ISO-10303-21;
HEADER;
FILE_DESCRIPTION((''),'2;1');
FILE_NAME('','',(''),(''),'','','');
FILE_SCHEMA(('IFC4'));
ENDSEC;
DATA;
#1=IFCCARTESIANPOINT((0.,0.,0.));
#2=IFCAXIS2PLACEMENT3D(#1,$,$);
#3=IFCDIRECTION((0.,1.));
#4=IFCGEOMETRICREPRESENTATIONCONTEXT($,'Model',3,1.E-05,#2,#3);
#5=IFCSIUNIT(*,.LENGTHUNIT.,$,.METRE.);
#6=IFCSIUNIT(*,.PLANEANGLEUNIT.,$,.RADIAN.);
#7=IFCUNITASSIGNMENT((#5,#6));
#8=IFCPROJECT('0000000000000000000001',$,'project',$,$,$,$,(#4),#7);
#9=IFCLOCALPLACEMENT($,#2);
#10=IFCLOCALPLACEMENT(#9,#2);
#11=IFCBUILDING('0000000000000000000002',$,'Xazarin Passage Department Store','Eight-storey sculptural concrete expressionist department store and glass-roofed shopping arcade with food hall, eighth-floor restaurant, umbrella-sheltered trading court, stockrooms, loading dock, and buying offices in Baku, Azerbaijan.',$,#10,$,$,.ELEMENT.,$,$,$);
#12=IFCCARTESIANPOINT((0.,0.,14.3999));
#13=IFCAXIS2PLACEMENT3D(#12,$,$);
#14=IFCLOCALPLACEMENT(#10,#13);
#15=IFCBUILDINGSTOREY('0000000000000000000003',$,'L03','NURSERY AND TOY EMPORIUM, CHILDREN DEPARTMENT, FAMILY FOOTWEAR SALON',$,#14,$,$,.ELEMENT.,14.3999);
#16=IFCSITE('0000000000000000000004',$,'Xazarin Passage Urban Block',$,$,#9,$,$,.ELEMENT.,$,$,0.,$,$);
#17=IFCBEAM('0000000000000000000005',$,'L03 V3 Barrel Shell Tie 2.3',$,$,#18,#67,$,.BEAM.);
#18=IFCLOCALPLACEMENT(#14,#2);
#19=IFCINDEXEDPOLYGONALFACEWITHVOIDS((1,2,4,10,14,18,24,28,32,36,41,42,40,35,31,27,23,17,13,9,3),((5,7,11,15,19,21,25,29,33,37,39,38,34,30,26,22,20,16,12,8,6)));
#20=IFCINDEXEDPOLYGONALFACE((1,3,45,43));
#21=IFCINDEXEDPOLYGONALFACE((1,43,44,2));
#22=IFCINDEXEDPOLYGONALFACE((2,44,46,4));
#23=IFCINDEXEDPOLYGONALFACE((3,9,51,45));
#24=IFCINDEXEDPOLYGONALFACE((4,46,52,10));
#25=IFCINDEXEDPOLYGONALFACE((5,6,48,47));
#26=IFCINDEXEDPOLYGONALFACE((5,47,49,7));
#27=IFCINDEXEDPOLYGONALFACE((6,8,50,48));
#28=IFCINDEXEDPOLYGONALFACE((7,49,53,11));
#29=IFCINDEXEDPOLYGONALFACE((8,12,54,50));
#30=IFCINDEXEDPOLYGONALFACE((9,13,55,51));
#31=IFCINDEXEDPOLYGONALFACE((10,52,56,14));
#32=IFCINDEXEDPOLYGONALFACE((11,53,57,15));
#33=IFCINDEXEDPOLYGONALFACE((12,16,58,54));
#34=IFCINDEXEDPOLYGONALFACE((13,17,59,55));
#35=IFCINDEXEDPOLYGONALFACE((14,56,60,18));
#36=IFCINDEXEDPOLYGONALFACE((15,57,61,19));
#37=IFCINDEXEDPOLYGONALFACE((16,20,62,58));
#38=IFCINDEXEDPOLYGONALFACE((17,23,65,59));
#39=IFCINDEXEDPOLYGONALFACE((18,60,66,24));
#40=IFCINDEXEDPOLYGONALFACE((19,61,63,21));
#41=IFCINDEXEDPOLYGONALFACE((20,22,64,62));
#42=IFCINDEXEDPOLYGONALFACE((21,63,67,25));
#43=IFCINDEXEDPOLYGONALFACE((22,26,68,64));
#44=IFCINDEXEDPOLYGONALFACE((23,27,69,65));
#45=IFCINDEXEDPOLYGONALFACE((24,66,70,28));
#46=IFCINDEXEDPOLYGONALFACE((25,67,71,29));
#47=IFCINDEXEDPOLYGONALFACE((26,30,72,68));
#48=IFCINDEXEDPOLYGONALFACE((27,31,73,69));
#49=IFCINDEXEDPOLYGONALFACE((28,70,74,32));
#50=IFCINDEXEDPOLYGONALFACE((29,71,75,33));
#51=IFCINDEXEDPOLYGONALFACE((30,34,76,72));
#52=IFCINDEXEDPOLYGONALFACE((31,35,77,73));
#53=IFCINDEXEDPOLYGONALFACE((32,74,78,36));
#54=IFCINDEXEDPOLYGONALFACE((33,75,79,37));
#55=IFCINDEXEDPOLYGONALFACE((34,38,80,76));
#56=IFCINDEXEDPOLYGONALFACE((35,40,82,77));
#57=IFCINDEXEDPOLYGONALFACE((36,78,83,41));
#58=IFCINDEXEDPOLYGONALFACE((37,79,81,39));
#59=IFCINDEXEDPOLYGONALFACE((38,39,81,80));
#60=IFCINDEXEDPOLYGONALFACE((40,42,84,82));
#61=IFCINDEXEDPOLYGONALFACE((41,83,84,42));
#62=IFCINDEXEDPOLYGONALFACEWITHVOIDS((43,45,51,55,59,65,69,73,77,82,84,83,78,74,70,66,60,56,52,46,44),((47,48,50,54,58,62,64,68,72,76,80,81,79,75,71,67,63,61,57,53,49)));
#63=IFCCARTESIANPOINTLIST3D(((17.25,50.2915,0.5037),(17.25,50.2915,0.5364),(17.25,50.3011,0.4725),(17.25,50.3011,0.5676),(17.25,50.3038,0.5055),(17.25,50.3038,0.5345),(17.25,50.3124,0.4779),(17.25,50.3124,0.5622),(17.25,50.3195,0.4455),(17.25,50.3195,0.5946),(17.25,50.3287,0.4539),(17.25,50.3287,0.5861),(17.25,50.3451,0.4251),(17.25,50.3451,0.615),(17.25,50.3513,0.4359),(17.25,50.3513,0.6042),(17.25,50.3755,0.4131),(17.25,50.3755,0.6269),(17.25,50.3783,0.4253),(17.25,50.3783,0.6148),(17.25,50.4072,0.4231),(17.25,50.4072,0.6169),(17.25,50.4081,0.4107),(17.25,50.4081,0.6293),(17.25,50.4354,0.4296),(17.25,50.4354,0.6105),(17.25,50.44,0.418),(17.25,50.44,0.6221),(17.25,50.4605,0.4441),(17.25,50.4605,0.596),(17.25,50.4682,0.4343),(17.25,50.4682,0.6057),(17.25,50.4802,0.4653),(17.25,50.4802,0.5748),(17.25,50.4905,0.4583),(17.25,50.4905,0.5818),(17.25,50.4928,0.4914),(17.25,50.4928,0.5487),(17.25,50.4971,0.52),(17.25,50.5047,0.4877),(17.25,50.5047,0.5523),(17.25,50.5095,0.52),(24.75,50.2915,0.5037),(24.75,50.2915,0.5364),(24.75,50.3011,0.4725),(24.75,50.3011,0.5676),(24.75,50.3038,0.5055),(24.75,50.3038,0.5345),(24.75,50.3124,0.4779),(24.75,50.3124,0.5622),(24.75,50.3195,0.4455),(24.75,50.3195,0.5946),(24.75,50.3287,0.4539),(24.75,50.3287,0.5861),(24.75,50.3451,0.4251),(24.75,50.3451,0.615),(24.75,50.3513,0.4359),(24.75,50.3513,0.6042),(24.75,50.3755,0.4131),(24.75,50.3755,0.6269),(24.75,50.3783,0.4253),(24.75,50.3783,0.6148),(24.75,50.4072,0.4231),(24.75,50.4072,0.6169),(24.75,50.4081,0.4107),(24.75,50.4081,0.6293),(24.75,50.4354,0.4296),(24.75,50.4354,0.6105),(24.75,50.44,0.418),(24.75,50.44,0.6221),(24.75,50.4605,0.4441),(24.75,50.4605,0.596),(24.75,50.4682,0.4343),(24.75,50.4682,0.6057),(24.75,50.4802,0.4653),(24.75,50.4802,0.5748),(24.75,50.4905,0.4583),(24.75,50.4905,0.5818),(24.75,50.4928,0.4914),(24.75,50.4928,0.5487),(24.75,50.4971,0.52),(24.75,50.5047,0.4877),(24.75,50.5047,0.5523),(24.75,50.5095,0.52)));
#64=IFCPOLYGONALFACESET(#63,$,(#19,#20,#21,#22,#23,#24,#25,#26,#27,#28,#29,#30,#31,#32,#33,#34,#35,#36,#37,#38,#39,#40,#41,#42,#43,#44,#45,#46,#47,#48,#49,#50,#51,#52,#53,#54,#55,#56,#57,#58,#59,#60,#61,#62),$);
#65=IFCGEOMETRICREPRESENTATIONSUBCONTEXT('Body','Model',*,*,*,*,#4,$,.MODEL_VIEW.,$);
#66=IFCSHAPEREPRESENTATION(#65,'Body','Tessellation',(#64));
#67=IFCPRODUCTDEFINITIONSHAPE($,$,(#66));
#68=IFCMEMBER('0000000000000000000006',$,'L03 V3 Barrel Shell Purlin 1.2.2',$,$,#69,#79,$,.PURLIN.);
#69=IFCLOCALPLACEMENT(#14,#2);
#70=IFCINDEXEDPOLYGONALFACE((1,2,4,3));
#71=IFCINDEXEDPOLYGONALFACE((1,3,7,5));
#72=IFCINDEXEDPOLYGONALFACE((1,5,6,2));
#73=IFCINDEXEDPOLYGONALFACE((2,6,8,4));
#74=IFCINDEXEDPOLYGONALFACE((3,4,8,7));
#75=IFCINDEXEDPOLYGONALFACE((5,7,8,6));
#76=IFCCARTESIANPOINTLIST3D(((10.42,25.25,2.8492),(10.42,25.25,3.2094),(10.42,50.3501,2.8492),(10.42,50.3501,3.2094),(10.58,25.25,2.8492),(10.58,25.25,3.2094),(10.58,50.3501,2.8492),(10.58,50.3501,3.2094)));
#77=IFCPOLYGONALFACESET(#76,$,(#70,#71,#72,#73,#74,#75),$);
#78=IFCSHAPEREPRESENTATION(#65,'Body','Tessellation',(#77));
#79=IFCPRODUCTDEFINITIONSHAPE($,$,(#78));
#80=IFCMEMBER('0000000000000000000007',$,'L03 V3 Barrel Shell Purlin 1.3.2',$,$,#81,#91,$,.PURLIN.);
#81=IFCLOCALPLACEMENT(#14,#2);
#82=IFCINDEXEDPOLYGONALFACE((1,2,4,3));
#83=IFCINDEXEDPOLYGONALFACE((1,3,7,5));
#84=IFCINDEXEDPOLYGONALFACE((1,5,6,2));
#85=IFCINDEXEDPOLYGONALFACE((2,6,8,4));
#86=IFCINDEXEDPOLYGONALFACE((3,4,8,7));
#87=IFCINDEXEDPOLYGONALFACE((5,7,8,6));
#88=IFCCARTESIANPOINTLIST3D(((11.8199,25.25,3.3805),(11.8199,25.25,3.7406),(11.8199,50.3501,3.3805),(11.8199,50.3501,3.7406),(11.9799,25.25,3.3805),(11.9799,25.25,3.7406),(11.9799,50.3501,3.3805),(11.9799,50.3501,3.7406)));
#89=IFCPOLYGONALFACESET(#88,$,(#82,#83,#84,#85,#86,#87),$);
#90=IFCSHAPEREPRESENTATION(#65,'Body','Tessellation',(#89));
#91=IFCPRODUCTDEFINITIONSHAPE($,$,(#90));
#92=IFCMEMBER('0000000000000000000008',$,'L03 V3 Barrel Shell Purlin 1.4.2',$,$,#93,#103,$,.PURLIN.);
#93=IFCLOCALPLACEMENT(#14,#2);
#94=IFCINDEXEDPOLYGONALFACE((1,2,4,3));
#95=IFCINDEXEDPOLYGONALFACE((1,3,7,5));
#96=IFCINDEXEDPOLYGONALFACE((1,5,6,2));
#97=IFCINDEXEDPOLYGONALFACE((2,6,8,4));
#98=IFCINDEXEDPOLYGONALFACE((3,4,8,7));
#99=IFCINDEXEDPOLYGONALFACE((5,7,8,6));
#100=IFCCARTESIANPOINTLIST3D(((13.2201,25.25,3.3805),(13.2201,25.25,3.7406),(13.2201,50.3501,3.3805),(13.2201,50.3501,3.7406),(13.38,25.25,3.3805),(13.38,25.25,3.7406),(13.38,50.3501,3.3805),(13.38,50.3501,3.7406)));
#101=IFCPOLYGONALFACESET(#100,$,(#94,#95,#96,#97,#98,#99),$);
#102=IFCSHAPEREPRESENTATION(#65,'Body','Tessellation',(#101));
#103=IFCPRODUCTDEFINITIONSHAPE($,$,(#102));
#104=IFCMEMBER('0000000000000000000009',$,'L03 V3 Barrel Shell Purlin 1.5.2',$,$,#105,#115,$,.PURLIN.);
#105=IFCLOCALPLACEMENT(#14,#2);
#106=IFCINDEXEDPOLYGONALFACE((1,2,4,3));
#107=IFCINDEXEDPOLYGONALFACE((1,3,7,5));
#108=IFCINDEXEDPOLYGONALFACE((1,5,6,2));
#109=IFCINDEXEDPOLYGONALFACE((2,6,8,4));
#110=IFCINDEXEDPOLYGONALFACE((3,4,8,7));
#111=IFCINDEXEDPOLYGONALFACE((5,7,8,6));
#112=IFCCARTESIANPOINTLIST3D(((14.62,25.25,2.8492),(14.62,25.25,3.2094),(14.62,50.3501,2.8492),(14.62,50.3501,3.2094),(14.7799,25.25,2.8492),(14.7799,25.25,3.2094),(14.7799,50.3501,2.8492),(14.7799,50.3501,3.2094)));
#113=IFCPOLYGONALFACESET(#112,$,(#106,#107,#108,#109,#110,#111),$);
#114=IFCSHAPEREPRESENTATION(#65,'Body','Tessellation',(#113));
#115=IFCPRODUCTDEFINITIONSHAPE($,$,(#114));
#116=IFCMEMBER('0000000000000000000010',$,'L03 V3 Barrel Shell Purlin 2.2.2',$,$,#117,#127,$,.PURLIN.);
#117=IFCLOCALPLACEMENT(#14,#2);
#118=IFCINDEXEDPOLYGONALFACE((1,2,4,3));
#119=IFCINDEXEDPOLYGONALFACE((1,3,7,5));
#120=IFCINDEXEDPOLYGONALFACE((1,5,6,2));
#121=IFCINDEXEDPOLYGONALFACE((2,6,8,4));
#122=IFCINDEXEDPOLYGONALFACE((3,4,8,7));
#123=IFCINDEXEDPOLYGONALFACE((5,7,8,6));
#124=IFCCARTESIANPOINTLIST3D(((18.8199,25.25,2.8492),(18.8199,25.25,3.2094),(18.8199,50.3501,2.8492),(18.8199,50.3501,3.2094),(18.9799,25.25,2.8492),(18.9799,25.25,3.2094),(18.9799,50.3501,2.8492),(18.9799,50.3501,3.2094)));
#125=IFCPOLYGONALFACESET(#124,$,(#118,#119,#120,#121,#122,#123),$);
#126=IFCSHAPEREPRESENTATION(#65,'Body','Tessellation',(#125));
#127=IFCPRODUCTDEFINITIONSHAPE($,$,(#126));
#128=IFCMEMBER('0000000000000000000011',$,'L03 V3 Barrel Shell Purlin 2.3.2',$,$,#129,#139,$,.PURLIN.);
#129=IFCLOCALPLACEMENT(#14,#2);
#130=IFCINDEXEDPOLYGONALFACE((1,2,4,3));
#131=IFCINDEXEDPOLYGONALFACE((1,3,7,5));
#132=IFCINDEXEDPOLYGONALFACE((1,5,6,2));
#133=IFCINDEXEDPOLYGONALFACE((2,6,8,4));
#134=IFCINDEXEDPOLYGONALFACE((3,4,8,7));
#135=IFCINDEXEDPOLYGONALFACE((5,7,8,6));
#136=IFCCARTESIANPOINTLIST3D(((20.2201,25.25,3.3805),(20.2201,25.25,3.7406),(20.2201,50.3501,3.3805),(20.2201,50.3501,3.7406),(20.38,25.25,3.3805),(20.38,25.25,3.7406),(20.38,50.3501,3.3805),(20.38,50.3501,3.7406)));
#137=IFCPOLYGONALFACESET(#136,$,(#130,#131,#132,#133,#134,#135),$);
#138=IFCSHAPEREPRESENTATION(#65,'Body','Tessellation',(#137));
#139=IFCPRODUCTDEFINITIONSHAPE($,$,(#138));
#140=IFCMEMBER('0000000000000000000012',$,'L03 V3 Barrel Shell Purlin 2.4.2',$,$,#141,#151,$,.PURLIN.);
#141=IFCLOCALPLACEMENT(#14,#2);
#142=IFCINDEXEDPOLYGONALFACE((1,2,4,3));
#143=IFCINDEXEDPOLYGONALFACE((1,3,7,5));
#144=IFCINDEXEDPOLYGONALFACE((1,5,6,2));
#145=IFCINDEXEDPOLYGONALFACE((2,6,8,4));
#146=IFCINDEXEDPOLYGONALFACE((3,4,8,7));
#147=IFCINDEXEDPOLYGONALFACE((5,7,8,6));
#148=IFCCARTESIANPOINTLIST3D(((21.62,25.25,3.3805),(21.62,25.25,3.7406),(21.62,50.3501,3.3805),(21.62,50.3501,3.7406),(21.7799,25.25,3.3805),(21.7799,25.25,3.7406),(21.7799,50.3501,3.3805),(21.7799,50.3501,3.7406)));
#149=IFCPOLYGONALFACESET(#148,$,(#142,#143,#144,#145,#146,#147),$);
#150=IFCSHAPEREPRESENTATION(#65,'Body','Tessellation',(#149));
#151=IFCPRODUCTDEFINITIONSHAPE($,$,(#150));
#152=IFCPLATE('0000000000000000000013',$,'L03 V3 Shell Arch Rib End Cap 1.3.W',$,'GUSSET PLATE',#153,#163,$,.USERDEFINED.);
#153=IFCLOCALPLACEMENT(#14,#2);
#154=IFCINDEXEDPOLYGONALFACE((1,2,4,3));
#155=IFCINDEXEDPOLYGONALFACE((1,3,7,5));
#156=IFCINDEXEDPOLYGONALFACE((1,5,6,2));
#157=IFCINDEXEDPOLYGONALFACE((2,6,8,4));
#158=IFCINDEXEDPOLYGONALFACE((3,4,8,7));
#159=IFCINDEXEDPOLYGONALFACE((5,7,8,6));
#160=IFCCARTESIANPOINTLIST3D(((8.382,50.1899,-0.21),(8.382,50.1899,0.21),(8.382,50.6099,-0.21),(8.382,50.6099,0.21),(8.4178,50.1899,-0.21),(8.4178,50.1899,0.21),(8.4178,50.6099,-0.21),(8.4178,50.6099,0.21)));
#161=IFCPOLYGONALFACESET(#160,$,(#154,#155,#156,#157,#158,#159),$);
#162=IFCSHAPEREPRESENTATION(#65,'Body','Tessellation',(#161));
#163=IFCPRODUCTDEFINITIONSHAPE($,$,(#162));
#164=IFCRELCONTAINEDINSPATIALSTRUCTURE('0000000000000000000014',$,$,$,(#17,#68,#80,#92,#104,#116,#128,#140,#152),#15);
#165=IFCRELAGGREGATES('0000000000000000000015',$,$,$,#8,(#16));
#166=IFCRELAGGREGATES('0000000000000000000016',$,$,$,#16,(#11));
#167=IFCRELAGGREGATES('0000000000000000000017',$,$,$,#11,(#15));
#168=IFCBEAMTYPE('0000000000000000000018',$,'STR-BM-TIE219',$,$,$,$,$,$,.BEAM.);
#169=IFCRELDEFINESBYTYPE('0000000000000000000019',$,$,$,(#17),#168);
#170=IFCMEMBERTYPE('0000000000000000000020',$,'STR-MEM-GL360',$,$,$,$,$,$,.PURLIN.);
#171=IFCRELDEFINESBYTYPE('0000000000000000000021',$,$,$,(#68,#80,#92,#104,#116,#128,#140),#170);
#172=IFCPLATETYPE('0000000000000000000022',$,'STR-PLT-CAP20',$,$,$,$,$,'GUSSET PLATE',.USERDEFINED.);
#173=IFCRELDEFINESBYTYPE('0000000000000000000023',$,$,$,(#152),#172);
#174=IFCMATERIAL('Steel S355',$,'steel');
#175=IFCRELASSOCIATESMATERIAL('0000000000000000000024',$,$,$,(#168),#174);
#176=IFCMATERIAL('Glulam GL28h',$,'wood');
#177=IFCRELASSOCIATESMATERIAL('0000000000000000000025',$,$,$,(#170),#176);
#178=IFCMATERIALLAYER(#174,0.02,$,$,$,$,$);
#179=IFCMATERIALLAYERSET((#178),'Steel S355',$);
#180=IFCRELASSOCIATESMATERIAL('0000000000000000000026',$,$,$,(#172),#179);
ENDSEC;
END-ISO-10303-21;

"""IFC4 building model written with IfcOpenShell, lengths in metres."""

from ifc_helpers import new_model, si_unit, direction, frame, origin, origin_2d, place, context, subcontext, project, spatial, rectangle, hollow_circle, extrude, material, layer, layer_set, material_profile, profile_set, type_object, element, save


model = new_model("IFC4")

# Units and contexts
model_context = context("Model", 3, precision=1e-05, world=origin(), true_north=direction((0.0, 1.0)))
body_context = subcontext(model_context, "Body", "Model", "MODEL_VIEW")
ifc_project = project(units=[si_unit("LENGTHUNIT", "METRE"), si_unit("PLANEANGLEUNIT", "RADIAN")], contexts=[model_context])

# Site, building, storey
site_placement = place(None, origin())
site = spatial("IfcSite", under=ifc_project, at=site_placement, Name="Xazarin Passage Urban Block", CompositionType="ELEMENT", RefElevation=0.0)
building_placement = place(site_placement, origin())
building = spatial("IfcBuilding", under=site, at=building_placement, Name="Xazarin Passage Department Store", Description="Eight-storey sculptural concrete expressionist department store and glass-roofed shopping arcade with food hall, eighth-floor restaurant, umbrella-sheltered trading court, stockrooms, loading dock, and buying offices in Baku, Azerbaijan.", CompositionType="ELEMENT")
storey_placement = place(building_placement, frame((0.0, 0.0, 14.3999)))
storey = spatial("IfcBuildingStorey", under=building, at=storey_placement, Name="L03", Description="NURSERY AND TOY EMPORIUM, CHILDREN DEPARTMENT, FAMILY FOOTWEAR SALON", CompositionType="ELEMENT", Elevation=14.3999)

# Beam
ifc_material_1 = material(Name="Steel S355", Category="steel")
ifc_material_profile_1 = material_profile(ifc_material_1, hollow_circle(Radius=0.1096, WallThickness=0.0125, at=origin_2d()), Name="CHS 219.1x12.5")
ifc_profile_set_1 = profile_set([ifc_material_profile_1], Name="Steel S355")
beam_type_1 = type_object("IfcBeamType", Name="STR-BM-TIE219", PredefinedType="BEAM", material=ifc_profile_set_1)
for number, where, z_axis, x_axis, name in (
    (1, (17.25, 50.3999, 0.52), (1.0, 0.0, 0.0), (0.0, 1.0, 0.0), "L03 V3 Barrel Shell Tie 2.3"),
):
    element("IfcBeam", number, at=place(storey_placement, frame(where, z_axis=z_axis, x_axis=x_axis)), inside=storey, type_object=beam_type_1, Name=name, PredefinedType="BEAM", context=body_context, shape_type="SweptSolid", body=[
        extrude(hollow_circle(Radius=0.1096, WallThickness=0.0125, at=origin_2d()), origin(), (0.0, 0.0, 1.0), 7.5),
    ])

# Members
ifc_material_2 = material(Name="Glulam GL28h", Category="wood")
ifc_material_profile_2 = material_profile(ifc_material_2, rectangle(XDim=0.1599, YDim=0.3601, at=origin_2d()), Name="GL28h 160x360")
ifc_profile_set_2 = profile_set([ifc_material_profile_2], Name="Glulam GL28h")
member_type = type_object("IfcMemberType", Name="STR-MEM-GL360", PredefinedType="PURLIN", material=ifc_profile_set_2)
for number, where, z_axis, x_axis, name in (
    (2, (10.5, 25.25, 3.0293), (0.0, 1.0, 0.0), (-1.0, 0.0, 0.0), "L03 V3 Barrel Shell Purlin 1.2.2"),
    (3, (11.8999, 25.25, 3.5605), (0.0, 1.0, 0.0), (-1.0, 0.0, 0.0), "L03 V3 Barrel Shell Purlin 1.3.2"),
    (4, (13.3, 25.25, 3.5605), (0.0, 1.0, 0.0), (-1.0, 0.0, 0.0), "L03 V3 Barrel Shell Purlin 1.4.2"),
    (5, (14.7, 25.25, 3.0293), (0.0, 1.0, 0.0), (-1.0, 0.0, 0.0), "L03 V3 Barrel Shell Purlin 1.5.2"),
    (6, (18.8999, 25.25, 3.0293), (0.0, 1.0, 0.0), (-1.0, 0.0, 0.0), "L03 V3 Barrel Shell Purlin 2.2.2"),
    (7, (20.3, 25.25, 3.5605), (0.0, 1.0, 0.0), (-1.0, 0.0, 0.0), "L03 V3 Barrel Shell Purlin 2.3.2"),
    (8, (21.7, 25.25, 3.5605), (0.0, 1.0, 0.0), (-1.0, 0.0, 0.0), "L03 V3 Barrel Shell Purlin 2.4.2"),
):
    element("IfcMember", number, at=place(storey_placement, frame(where, z_axis=z_axis, x_axis=x_axis)), inside=storey, type_object=member_type, Name=name, PredefinedType="PURLIN", context=body_context, shape_type="SweptSolid", body=[
        extrude(rectangle(XDim=0.1599, YDim=0.3601, at=origin_2d()), origin(), (0.0, 0.0, 1.0), 25.1001),
    ])

# Plate
ifc_layer = layer(ifc_material_1, 0.02)
ifc_layer_set = layer_set([ifc_layer], Name="Steel S355")
plate_type = type_object("IfcPlateType", Name="STR-PLT-CAP20", ElementType="GUSSET PLATE", PredefinedType="USERDEFINED", material=ifc_layer_set)
plate_placement = place(storey_placement, frame((8.3999, 50.3999, -0.21), z_axis=(0.0, 0.0, 1.0), x_axis=(1.0, 0.0, 0.0)))
element("IfcPlate", 9, at=plate_placement, inside=storey, type_object=plate_type, Name="L03 V3 Shell Arch Rib End Cap 1.3.W", ObjectType="GUSSET PLATE", PredefinedType="USERDEFINED", context=body_context, shape_type="SweptSolid", body=[
    extrude(rectangle(XDim=0.0359, YDim=0.4199, at=origin_2d()), origin(), (0.0, 0.0, 1.0), 0.4199),
])

save(model, "model.ifc")
